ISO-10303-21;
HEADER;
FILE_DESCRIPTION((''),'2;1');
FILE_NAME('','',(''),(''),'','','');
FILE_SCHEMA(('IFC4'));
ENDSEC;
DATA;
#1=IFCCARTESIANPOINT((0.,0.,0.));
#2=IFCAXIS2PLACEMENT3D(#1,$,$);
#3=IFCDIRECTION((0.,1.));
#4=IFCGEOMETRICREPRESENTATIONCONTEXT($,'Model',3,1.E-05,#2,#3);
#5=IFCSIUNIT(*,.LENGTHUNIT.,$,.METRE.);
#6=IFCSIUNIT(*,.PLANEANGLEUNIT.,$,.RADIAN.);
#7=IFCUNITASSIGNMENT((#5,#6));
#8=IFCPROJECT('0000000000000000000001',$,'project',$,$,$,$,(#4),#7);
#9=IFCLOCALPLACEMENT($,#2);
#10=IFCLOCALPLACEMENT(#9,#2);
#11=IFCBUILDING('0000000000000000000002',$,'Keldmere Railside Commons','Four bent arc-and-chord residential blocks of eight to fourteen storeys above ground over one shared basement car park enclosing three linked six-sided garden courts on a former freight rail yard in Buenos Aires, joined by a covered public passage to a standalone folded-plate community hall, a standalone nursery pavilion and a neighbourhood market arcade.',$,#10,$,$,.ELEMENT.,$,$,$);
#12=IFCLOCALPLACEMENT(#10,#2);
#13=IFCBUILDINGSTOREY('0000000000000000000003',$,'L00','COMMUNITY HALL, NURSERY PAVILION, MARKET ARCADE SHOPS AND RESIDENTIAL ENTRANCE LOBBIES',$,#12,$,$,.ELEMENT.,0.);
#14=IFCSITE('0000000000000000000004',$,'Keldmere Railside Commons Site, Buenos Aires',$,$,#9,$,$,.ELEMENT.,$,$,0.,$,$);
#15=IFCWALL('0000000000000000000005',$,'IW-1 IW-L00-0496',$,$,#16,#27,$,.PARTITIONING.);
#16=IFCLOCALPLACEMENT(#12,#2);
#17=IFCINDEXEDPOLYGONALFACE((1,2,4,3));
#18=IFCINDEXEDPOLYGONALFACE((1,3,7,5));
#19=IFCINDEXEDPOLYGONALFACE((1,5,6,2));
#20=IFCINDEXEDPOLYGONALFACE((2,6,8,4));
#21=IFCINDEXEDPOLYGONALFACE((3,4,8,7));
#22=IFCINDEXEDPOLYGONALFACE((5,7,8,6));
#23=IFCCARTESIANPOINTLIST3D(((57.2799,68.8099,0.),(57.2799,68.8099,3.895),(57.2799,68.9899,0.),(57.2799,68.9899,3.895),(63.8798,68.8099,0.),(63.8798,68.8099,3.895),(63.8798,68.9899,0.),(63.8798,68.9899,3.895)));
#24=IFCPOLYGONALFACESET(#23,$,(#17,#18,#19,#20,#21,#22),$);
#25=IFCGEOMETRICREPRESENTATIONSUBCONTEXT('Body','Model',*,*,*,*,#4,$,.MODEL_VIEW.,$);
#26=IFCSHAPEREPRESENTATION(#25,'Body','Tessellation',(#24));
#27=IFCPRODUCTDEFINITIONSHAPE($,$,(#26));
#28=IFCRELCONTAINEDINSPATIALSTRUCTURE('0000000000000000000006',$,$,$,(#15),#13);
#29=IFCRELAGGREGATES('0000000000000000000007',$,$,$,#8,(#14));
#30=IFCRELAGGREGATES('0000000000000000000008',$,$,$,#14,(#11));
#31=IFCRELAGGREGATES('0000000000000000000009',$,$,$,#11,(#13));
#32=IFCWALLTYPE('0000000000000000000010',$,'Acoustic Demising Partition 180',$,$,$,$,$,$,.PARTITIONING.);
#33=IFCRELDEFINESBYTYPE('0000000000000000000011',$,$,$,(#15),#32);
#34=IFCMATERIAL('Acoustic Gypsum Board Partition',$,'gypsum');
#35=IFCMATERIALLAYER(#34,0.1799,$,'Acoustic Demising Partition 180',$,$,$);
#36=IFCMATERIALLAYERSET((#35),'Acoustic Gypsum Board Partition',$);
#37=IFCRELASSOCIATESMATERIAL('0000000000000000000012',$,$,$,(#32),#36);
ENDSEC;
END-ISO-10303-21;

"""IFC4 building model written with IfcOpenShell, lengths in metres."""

from ifc_helpers import new_model, si_unit, direction, frame, frame_2d, origin, place, context, subcontext, project, spatial, rectangle, extrude, material, layer, layer_set, type_object, element, save


model = new_model("IFC4")

# Units and contexts
model_context = context("Model", 3, precision=1e-05, world=origin(), true_north=direction((0.0, 1.0)))
body_context = subcontext(model_context, "Body", "Model", "MODEL_VIEW")
ifc_project = project(units=[si_unit("LENGTHUNIT", "METRE"), si_unit("PLANEANGLEUNIT", "RADIAN")], contexts=[model_context])

# Site, building, storey
site_placement = place(None, origin())
site = spatial("IfcSite", under=ifc_project, at=site_placement, Name="Keldmere Railside Commons Site, Buenos Aires", CompositionType="ELEMENT", RefElevation=0.0)
building_placement = place(site_placement, origin())
building = spatial("IfcBuilding", under=site, at=building_placement, Name="Keldmere Railside Commons", Description="Four bent arc-and-chord residential blocks of eight to fourteen storeys above ground over one shared basement car park enclosing three linked six-sided garden courts on a former freight rail yard in Buenos Aires, joined by a covered public passage to a standalone folded-plate community hall, a standalone nursery pavilion and a neighbourhood market arcade.", CompositionType="ELEMENT")
storey_placement = place(building_placement, origin())
storey = spatial("IfcBuildingStorey", under=building, at=storey_placement, Name="L00", Description="COMMUNITY HALL, NURSERY PAVILION, MARKET ARCADE SHOPS AND RESIDENTIAL ENTRANCE LOBBIES", CompositionType="ELEMENT", Elevation=0.0)

# Wall
ifc_material_1 = material(Name="Acoustic Gypsum Board Partition", Category="gypsum")
ifc_layer = layer(ifc_material_1, 0.1799, Name="Acoustic Demising Partition 180")
ifc_layer_set = layer_set([ifc_layer], Name="Acoustic Gypsum Board Partition")
wall_type = type_object("IfcWallType", Name="Acoustic Demising Partition 180", PredefinedType="PARTITIONING", material=ifc_layer_set)
for number, where, z_axis, x_axis, name in (
    (1, (57.28, 68.8999, 0.0), (0.0, 0.0, 1.0), (1.0, 0.0, 0.0), "IW-1 IW-L00-0496"),
):
    element("IfcWall", number, at=place(storey_placement, frame(where, z_axis=z_axis, x_axis=x_axis)), inside=storey, type_object=wall_type, Name=name, PredefinedType="PARTITIONING", context=body_context, shape_type="SweptSolid", body=[
        extrude(rectangle(XDim=6.5999, YDim=0.1799, at=frame_2d((3.2998, 0.0))), origin(), (0.0, 0.0, 1.0), 3.895),
    ])

save(model, "model.ifc")
